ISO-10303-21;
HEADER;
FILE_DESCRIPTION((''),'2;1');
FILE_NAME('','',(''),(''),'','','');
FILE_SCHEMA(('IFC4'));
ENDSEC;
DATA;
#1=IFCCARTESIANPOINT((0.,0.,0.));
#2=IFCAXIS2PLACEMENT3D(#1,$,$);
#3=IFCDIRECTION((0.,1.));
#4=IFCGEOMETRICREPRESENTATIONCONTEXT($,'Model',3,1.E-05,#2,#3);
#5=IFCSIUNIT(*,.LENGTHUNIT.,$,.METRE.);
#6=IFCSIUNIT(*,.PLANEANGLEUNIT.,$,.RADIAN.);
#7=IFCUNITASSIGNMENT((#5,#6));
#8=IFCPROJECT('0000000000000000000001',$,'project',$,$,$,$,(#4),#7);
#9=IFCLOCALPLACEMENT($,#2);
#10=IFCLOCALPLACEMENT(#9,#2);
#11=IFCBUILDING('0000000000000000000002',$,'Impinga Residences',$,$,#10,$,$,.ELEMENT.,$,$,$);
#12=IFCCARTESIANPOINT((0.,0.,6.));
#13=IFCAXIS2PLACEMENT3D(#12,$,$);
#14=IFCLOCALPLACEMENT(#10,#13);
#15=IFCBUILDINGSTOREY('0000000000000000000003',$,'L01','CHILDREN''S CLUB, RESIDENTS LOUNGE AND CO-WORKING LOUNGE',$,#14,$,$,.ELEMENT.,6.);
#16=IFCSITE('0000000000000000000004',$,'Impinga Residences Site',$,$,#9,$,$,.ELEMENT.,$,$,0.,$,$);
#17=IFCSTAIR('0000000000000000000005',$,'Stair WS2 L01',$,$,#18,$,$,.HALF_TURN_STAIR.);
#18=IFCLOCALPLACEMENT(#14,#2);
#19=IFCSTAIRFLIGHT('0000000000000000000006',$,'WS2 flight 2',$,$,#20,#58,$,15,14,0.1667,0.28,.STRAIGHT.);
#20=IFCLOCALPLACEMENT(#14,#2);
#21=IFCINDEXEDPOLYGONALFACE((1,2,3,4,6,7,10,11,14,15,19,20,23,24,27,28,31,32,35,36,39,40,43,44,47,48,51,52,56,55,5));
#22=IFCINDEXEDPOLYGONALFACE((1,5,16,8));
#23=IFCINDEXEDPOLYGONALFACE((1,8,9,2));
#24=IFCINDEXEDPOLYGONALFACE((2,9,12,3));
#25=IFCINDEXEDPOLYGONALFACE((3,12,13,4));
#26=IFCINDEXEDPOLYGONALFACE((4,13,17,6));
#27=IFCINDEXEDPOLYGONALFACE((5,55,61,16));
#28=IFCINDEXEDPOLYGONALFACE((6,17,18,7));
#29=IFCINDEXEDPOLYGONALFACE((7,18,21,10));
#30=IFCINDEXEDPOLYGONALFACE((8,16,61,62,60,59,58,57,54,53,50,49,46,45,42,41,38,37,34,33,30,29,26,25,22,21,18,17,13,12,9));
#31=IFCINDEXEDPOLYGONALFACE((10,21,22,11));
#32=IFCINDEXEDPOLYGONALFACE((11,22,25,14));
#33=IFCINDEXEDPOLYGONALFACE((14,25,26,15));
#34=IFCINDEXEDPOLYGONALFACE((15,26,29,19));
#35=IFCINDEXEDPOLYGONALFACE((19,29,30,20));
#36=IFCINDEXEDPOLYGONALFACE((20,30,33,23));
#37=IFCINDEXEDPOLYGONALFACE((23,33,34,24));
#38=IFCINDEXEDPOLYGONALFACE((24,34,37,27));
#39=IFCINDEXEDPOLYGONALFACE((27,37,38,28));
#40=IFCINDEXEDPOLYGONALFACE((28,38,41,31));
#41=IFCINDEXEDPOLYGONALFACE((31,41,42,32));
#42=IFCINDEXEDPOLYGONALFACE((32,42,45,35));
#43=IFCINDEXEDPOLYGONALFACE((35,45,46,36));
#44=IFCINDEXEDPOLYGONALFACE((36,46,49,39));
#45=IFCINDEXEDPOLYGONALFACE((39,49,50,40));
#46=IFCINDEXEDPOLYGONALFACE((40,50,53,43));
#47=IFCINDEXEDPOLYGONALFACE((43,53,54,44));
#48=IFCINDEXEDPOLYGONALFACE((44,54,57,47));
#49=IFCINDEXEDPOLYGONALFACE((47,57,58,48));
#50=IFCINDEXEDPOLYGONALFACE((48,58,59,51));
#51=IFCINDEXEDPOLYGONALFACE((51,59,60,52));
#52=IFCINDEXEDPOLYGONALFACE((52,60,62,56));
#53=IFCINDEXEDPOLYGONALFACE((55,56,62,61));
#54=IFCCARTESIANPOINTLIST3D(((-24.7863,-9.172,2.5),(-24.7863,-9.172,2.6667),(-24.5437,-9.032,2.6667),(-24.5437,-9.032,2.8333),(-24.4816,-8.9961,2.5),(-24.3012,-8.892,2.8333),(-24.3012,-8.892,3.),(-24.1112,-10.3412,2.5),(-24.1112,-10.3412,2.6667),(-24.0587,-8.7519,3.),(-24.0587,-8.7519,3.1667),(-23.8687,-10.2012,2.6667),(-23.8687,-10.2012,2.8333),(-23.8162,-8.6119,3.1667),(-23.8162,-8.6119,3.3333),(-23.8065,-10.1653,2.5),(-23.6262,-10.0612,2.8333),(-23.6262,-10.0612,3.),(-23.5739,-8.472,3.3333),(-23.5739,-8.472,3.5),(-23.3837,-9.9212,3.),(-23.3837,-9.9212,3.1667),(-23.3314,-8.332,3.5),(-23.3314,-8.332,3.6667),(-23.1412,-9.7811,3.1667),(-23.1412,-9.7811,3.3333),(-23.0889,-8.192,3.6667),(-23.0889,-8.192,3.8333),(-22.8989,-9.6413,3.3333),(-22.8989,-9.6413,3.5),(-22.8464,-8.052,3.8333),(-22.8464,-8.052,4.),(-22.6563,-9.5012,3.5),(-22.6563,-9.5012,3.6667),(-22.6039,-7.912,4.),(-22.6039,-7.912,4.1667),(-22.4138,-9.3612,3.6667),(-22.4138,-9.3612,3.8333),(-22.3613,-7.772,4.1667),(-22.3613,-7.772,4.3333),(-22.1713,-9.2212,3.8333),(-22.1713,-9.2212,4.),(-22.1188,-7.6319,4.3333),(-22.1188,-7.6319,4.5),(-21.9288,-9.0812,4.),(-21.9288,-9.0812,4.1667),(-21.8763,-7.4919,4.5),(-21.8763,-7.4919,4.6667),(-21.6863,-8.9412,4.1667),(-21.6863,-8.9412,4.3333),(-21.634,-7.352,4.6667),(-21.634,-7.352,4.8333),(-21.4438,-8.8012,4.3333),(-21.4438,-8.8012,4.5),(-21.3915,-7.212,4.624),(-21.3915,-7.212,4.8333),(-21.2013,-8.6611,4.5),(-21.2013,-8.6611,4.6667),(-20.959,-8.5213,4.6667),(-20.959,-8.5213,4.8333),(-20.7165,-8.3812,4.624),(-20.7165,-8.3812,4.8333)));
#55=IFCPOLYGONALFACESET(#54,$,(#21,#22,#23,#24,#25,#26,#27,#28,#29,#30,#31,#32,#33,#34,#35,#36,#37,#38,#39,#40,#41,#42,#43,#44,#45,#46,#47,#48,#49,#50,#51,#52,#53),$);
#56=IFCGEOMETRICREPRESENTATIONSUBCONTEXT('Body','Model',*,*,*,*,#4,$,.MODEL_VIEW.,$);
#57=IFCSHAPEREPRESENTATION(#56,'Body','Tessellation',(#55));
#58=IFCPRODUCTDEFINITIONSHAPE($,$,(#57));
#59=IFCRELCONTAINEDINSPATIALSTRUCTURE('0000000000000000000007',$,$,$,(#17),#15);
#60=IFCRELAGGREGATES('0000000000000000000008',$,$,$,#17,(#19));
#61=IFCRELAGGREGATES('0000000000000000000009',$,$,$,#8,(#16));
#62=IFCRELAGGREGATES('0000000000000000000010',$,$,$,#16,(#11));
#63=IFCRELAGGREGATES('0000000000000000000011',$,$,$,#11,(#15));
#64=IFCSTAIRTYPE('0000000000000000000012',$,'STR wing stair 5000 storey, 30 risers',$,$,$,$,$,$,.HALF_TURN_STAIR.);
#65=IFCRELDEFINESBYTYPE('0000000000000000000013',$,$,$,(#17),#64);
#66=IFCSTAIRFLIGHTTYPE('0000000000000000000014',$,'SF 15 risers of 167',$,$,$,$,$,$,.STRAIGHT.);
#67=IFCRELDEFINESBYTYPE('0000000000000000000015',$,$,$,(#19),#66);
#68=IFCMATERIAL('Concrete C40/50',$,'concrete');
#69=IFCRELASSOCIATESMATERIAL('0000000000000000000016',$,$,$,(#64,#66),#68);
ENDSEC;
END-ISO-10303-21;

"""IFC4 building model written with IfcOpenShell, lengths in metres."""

from ifc_helpers import new_model, si_unit, direction, frame, origin, place, context, subcontext, project, spatial, polyline, outline, extrude, material, type_object, element, aggregate, save


model = new_model("IFC4")

# Units and contexts
model_context = context("Model", 3, precision=1e-05, world=origin(), true_north=direction((0.0, 1.0)))
body_context = subcontext(model_context, "Body", "Model", "MODEL_VIEW")
ifc_project = project(units=[si_unit("LENGTHUNIT", "METRE"), si_unit("PLANEANGLEUNIT", "RADIAN")], contexts=[model_context])

# Site, building, storey
site_placement = place(None, origin())
site = spatial("IfcSite", under=ifc_project, at=site_placement, Name="Impinga Residences Site", CompositionType="ELEMENT", RefElevation=0.0)
building_placement = place(site_placement, origin())
building = spatial("IfcBuilding", under=site, at=building_placement, Name="Impinga Residences", CompositionType="ELEMENT")
storey_placement = place(building_placement, frame((0.0, 0.0, 6.0)))
storey = spatial("IfcBuildingStorey", under=building, at=storey_placement, Name="L01", Description="CHILDREN'S CLUB, RESIDENTS LOUNGE AND CO-WORKING LOUNGE", CompositionType="ELEMENT", Elevation=6.0)

# Stair, stair flight
ifc_material_1 = material(Name="Concrete C40/50", Category="concrete")
stair_type = type_object("IfcStairType", Name="STR wing stair 5000 storey, 30 risers", PredefinedType="HALF_TURN_STAIR", material=ifc_material_1)
stair_placement = place(storey_placement, origin())
stair = element("IfcStair", 1, at=stair_placement, inside=storey, type_object=stair_type, Name="Stair WS2 L01", PredefinedType="HALF_TURN_STAIR")
stair_flight_type = type_object("IfcStairFlightType", Name="SF 15 risers of 167", PredefinedType="STRAIGHT", material=ifc_material_1)
stair_flight_1_placement = place(storey_placement, frame((-24.4487, -9.7566, 2.5), z_axis=(0.0, 0.0, 1.0), x_axis=(0.866025, 0.5, 0.0)))
stair_flight_1 = element("IfcStairFlight", 2, at=stair_flight_1_placement, type_object=stair_flight_type, Name="WS2 flight 2", NumberOfRisers=15, NumberOfTreads=14, PredefinedType="STRAIGHT", RiserHeight=0.1667, TreadLength=0.28, context=body_context, shape_type="SweptSolid", body=[
    extrude(outline(polyline([(0.0, 0.0), (0.0, 0.1667), (0.28, 0.1667), (0.28, 0.3333), (0.5601, 0.3333), (0.5601, 0.5), (0.8401, 0.5), (0.8401, 0.6667), (1.1201, 0.6667), (1.1201, 0.8333), (1.3999, 0.8333), (1.3999, 1.0), (1.6799, 1.0), (1.6799, 1.1667), (1.96, 1.1667), (1.96, 1.3333), (2.24, 1.3333), (2.24, 1.5), (2.52, 1.5), (2.52, 1.6667), (2.8, 1.6667), (2.8, 1.8333), (3.0801, 1.8333), (3.0801, 2.0), (3.3601, 2.0), (3.3601, 2.1667), (3.6399, 2.1667), (3.6399, 2.3333), (3.9199, 2.3333), (3.9199, 2.5), (3.9199, 2.124), (0.3518, 0.0), (0.0, 0.0)])), frame((0.0, 0.675, 0.0), z_axis=(0.0, -1.0, 0.0), x_axis=(1.0, 0.0, 0.0)), (0.0, 0.0, 1.0), 1.3501),
])
aggregate(stair, [stair_flight_1])

save(model, "model.ifc")
